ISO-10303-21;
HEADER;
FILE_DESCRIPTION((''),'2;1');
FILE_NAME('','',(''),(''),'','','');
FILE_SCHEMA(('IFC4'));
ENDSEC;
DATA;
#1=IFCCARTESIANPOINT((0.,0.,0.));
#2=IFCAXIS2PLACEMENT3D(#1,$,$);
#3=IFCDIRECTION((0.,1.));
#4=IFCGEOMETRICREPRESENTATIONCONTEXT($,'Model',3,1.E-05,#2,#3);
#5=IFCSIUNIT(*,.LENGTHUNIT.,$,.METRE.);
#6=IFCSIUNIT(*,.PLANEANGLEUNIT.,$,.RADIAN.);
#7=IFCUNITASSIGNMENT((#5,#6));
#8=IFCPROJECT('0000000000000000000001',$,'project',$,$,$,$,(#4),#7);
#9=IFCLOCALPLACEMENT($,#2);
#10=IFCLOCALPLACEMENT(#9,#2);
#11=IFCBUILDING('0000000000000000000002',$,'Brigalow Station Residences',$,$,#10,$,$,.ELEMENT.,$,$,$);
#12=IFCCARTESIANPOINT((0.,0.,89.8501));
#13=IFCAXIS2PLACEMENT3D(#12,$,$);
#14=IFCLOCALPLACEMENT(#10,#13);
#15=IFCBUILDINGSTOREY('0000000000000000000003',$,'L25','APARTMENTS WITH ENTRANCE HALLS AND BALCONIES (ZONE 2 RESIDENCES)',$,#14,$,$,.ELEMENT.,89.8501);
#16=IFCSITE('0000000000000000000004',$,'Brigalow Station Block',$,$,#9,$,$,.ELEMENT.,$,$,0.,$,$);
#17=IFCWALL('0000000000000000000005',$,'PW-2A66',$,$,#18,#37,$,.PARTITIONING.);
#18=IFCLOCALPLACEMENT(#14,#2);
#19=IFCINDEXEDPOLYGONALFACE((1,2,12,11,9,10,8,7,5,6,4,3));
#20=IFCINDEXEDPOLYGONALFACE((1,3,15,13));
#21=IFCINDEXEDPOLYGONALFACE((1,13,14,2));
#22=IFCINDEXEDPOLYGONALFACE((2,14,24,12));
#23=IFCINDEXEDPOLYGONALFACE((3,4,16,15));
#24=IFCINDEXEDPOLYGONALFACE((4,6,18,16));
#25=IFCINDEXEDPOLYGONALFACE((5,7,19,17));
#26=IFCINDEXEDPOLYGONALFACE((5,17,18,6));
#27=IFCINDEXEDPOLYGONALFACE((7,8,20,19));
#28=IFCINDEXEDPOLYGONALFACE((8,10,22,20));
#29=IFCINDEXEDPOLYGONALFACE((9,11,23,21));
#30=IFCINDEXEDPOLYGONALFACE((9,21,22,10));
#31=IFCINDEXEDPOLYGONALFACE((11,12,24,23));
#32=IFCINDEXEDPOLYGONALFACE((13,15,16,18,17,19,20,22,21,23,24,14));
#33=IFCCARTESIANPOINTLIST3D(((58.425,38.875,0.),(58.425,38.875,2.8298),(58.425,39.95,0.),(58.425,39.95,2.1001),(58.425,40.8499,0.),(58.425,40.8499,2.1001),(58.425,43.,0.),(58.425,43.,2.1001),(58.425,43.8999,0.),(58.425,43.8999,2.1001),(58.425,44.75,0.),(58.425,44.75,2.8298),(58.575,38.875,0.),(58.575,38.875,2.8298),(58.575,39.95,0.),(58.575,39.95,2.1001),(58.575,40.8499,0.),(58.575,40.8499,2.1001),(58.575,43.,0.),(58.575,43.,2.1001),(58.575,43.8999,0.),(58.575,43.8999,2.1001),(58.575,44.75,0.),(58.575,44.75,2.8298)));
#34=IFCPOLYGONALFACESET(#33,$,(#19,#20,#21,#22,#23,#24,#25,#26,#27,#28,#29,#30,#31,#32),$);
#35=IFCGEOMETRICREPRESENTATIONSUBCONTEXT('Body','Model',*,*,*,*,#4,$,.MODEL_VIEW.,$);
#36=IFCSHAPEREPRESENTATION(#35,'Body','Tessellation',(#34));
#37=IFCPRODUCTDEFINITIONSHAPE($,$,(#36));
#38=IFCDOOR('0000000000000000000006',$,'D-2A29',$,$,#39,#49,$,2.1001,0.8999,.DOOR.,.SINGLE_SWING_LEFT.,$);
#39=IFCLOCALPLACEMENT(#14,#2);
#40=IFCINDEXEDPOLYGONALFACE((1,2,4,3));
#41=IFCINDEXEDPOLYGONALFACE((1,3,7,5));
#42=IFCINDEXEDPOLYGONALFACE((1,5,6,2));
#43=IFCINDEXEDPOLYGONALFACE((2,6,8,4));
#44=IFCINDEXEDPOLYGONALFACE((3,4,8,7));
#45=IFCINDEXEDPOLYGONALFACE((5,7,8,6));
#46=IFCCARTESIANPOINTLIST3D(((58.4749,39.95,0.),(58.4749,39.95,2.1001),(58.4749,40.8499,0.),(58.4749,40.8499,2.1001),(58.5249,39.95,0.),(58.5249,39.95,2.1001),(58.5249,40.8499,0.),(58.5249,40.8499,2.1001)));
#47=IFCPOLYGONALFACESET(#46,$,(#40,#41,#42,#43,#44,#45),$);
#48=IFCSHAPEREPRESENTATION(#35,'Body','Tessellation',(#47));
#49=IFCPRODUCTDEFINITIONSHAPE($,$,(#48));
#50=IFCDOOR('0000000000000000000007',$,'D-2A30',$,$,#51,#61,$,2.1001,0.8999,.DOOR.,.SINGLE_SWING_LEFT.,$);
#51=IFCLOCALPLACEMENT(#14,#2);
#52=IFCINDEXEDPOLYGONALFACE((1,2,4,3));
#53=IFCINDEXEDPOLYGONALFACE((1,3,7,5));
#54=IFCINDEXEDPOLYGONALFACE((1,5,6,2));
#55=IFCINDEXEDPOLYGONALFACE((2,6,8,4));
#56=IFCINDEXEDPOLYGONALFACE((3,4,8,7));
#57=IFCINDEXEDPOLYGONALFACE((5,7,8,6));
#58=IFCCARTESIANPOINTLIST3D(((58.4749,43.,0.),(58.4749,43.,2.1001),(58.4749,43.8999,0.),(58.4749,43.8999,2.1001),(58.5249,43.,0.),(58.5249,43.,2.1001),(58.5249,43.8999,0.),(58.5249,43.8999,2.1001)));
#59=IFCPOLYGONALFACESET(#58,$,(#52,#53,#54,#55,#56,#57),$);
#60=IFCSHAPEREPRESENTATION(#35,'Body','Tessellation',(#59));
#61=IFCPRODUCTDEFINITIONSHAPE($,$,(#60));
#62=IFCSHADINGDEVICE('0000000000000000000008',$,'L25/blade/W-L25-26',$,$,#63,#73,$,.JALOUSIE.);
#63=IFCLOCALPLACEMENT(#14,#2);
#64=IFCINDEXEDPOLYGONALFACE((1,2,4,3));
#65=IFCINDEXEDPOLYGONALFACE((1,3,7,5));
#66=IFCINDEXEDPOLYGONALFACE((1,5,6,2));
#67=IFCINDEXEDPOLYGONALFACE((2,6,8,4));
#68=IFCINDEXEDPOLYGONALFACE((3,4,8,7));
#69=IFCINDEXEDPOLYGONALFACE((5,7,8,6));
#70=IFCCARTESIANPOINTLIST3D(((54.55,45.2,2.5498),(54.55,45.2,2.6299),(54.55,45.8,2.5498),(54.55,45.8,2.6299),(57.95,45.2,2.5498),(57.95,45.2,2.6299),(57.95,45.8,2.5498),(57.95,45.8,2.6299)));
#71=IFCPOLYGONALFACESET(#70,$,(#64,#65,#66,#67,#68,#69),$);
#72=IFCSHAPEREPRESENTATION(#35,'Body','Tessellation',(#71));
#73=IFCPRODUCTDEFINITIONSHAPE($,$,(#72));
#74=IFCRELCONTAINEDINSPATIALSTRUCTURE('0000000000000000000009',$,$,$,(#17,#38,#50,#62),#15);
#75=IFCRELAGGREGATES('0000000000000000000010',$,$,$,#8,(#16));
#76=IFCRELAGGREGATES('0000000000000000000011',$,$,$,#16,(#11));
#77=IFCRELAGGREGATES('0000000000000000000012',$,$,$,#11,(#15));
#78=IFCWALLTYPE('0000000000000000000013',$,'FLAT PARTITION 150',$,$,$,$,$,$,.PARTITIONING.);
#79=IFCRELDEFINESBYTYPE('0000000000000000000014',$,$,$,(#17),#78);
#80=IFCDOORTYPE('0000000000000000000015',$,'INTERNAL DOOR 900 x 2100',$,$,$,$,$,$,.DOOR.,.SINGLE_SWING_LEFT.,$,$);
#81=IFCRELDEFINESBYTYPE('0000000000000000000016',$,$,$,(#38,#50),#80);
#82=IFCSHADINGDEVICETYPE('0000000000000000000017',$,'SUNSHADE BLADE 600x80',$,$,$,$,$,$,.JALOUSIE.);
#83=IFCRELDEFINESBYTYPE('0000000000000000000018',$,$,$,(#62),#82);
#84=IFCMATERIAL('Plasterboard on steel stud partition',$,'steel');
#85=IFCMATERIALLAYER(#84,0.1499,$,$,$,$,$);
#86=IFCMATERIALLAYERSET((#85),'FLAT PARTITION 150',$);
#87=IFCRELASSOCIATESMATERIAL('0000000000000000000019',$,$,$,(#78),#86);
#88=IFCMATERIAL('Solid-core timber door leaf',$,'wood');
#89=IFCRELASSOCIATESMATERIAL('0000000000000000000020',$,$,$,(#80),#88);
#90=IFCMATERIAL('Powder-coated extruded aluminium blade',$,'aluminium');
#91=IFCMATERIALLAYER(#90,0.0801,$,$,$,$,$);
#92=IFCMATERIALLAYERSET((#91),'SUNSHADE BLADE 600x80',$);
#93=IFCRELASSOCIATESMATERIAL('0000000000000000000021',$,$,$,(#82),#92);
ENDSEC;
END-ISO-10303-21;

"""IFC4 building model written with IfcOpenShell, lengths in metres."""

from ifc_helpers import new_model, si_unit, direction, frame, frame_2d, origin, origin_2d, place, context, subcontext, project, spatial, rectangle, extrude, material, layer, layer_set, type_object, element, fill, save


model = new_model("IFC4")

# Units and contexts
model_context = context("Model", 3, precision=1e-05, world=origin(), true_north=direction((0.0, 1.0)))
body_context = subcontext(model_context, "Body", "Model", "MODEL_VIEW")
ifc_project = project(units=[si_unit("LENGTHUNIT", "METRE"), si_unit("PLANEANGLEUNIT", "RADIAN")], contexts=[model_context])

# Site, building, storey
site_placement = place(None, origin())
site = spatial("IfcSite", under=ifc_project, at=site_placement, Name="Brigalow Station Block", CompositionType="ELEMENT", RefElevation=0.0)
building_placement = place(site_placement, origin())
building = spatial("IfcBuilding", under=site, at=building_placement, Name="Brigalow Station Residences", CompositionType="ELEMENT")
storey_placement = place(building_placement, frame((0.0, 0.0, 89.8501)))
storey = spatial("IfcBuildingStorey", under=building, at=storey_placement, Name="L25", Description="APARTMENTS WITH ENTRANCE HALLS AND BALCONIES (ZONE 2 RESIDENCES)", CompositionType="ELEMENT", Elevation=89.8501)

# Shared definitions
ifc_material_1 = material(Name="Plasterboard on steel stud partition", Category="steel")
ifc_layer_1 = layer(ifc_material_1, 0.1499)
ifc_layer_set_1 = layer_set([ifc_layer_1], Name="FLAT PARTITION 150")
wall_type_1 = type_object("IfcWallType", Name="FLAT PARTITION 150", PredefinedType="PARTITIONING", material=ifc_layer_set_1)
ifc_material_2 = material(Name="Solid-core timber door leaf", Category="wood")
door_type_1 = type_object("IfcDoorType", Name="INTERNAL DOOR 900 x 2100", OperationType="SINGLE_SWING_LEFT", PredefinedType="DOOR", material=ifc_material_2)

# Wall, openings, doors
wall_1_placement = place(storey_placement, frame((58.5, 38.875, 0.0), z_axis=(0.0, 0.0, 1.0), x_axis=(0.0, 1.0, 0.0)))
wall_1 = element("IfcWall", 1, at=wall_1_placement, inside=storey, type_object=wall_type_1, Name="PW-2A66", PredefinedType="PARTITIONING", context=body_context, shape_type="SweptSolid", body=[
    extrude(rectangle(XDim=5.875, YDim=0.1499, at=frame_2d((2.9375, 0.0))), origin(), (0.0, 0.0, 1.0), 2.8298),
])
opening_1_placement = place(wall_1_placement, frame((1.075, 0.0, 0.0)))
opening_1 = element("IfcOpeningElement", 2, at=opening_1_placement, cuts=wall_1, PredefinedType="OPENING", context=body_context, shape_type="SweptSolid", body=[
    extrude(rectangle(XDim=0.8999, YDim=2.1001, at=frame_2d((0.45, 1.05))), frame((0.0, 0.085, 0.0), z_axis=(0.0, -1.0, 0.0), x_axis=(1.0, 0.0, 0.0)), (0.0, 0.0, 1.0), 0.1699),
])
opening_2_placement = place(wall_1_placement, frame((4.125, 0.0, 0.0)))
opening_2 = element("IfcOpeningElement", 3, at=opening_2_placement, cuts=wall_1, PredefinedType="OPENING", context=body_context, shape_type="SweptSolid", body=[
    extrude(rectangle(XDim=0.8999, YDim=2.1001, at=frame_2d((0.45, 1.05))), frame((0.0, 0.085, 0.0), z_axis=(0.0, -1.0, 0.0), x_axis=(1.0, 0.0, 0.0)), (0.0, 0.0, 1.0), 0.1699),
])
door_1_placement = place(opening_1_placement, frame((0.8999, 0.0, 0.0), z_axis=(0.0, 0.0, 1.0), x_axis=(-1.0, 0.0, 0.0)))
door_1 = element("IfcDoor", 4, at=door_1_placement, inside=storey, type_object=door_type_1, Name="D-2A29", OperationType="SINGLE_SWING_LEFT", OverallHeight=2.1001, OverallWidth=0.8999, PredefinedType="DOOR", context=body_context, shape_type="SweptSolid", body=[
    extrude(rectangle(XDim=0.8999, YDim=2.1001, at=frame_2d((0.45, 1.05))), frame((0.0, 0.0249, 0.0), z_axis=(0.0, -1.0, 0.0), x_axis=(1.0, 0.0, 0.0)), (0.0, 0.0, 1.0), 0.05),
])
fill(opening_1, door_1)
door_2_placement = place(opening_2_placement, frame((0.8999, 0.0, 0.0), z_axis=(0.0, 0.0, 1.0), x_axis=(-1.0, 0.0, 0.0)))
door_2 = element("IfcDoor", 5, at=door_2_placement, inside=storey, type_object=door_type_1, Name="D-2A30", OperationType="SINGLE_SWING_LEFT", OverallHeight=2.1001, OverallWidth=0.8999, PredefinedType="DOOR", context=body_context, shape_type="SweptSolid", body=[
    extrude(rectangle(XDim=0.8999, YDim=2.1001, at=frame_2d((0.45, 1.05))), frame((0.0, 0.0249, 0.0), z_axis=(0.0, -1.0, 0.0), x_axis=(1.0, 0.0, 0.0)), (0.0, 0.0, 1.0), 0.05),
])
fill(opening_2, door_2)

# Shading device
ifc_material_3 = material(Name="Powder-coated extruded aluminium blade", Category="aluminium")
ifc_layer_2 = layer(ifc_material_3, 0.0801)
ifc_layer_set_2 = layer_set([ifc_layer_2], Name="SUNSHADE BLADE 600x80")
shading_device_type = type_object("IfcShadingDeviceType", Name="SUNSHADE BLADE 600x80", PredefinedType="JALOUSIE", material=ifc_layer_set_2)
shading_device_placement = place(storey_placement, frame((56.25, 45.5, 2.5498), z_axis=(0.0, 0.0, 1.0), x_axis=(-1.0, 0.0, 0.0)))
element("IfcShadingDevice", 6, at=shading_device_placement, inside=storey, type_object=shading_device_type, Name="L25/blade/W-L25-26", PredefinedType="JALOUSIE", context=body_context, shape_type="SweptSolid", body=[
    extrude(rectangle(XDim=3.3999, YDim=0.6001, at=origin_2d()), origin(), (0.0, 0.0, 1.0), 0.0801),
])

save(model, "model.ifc")
